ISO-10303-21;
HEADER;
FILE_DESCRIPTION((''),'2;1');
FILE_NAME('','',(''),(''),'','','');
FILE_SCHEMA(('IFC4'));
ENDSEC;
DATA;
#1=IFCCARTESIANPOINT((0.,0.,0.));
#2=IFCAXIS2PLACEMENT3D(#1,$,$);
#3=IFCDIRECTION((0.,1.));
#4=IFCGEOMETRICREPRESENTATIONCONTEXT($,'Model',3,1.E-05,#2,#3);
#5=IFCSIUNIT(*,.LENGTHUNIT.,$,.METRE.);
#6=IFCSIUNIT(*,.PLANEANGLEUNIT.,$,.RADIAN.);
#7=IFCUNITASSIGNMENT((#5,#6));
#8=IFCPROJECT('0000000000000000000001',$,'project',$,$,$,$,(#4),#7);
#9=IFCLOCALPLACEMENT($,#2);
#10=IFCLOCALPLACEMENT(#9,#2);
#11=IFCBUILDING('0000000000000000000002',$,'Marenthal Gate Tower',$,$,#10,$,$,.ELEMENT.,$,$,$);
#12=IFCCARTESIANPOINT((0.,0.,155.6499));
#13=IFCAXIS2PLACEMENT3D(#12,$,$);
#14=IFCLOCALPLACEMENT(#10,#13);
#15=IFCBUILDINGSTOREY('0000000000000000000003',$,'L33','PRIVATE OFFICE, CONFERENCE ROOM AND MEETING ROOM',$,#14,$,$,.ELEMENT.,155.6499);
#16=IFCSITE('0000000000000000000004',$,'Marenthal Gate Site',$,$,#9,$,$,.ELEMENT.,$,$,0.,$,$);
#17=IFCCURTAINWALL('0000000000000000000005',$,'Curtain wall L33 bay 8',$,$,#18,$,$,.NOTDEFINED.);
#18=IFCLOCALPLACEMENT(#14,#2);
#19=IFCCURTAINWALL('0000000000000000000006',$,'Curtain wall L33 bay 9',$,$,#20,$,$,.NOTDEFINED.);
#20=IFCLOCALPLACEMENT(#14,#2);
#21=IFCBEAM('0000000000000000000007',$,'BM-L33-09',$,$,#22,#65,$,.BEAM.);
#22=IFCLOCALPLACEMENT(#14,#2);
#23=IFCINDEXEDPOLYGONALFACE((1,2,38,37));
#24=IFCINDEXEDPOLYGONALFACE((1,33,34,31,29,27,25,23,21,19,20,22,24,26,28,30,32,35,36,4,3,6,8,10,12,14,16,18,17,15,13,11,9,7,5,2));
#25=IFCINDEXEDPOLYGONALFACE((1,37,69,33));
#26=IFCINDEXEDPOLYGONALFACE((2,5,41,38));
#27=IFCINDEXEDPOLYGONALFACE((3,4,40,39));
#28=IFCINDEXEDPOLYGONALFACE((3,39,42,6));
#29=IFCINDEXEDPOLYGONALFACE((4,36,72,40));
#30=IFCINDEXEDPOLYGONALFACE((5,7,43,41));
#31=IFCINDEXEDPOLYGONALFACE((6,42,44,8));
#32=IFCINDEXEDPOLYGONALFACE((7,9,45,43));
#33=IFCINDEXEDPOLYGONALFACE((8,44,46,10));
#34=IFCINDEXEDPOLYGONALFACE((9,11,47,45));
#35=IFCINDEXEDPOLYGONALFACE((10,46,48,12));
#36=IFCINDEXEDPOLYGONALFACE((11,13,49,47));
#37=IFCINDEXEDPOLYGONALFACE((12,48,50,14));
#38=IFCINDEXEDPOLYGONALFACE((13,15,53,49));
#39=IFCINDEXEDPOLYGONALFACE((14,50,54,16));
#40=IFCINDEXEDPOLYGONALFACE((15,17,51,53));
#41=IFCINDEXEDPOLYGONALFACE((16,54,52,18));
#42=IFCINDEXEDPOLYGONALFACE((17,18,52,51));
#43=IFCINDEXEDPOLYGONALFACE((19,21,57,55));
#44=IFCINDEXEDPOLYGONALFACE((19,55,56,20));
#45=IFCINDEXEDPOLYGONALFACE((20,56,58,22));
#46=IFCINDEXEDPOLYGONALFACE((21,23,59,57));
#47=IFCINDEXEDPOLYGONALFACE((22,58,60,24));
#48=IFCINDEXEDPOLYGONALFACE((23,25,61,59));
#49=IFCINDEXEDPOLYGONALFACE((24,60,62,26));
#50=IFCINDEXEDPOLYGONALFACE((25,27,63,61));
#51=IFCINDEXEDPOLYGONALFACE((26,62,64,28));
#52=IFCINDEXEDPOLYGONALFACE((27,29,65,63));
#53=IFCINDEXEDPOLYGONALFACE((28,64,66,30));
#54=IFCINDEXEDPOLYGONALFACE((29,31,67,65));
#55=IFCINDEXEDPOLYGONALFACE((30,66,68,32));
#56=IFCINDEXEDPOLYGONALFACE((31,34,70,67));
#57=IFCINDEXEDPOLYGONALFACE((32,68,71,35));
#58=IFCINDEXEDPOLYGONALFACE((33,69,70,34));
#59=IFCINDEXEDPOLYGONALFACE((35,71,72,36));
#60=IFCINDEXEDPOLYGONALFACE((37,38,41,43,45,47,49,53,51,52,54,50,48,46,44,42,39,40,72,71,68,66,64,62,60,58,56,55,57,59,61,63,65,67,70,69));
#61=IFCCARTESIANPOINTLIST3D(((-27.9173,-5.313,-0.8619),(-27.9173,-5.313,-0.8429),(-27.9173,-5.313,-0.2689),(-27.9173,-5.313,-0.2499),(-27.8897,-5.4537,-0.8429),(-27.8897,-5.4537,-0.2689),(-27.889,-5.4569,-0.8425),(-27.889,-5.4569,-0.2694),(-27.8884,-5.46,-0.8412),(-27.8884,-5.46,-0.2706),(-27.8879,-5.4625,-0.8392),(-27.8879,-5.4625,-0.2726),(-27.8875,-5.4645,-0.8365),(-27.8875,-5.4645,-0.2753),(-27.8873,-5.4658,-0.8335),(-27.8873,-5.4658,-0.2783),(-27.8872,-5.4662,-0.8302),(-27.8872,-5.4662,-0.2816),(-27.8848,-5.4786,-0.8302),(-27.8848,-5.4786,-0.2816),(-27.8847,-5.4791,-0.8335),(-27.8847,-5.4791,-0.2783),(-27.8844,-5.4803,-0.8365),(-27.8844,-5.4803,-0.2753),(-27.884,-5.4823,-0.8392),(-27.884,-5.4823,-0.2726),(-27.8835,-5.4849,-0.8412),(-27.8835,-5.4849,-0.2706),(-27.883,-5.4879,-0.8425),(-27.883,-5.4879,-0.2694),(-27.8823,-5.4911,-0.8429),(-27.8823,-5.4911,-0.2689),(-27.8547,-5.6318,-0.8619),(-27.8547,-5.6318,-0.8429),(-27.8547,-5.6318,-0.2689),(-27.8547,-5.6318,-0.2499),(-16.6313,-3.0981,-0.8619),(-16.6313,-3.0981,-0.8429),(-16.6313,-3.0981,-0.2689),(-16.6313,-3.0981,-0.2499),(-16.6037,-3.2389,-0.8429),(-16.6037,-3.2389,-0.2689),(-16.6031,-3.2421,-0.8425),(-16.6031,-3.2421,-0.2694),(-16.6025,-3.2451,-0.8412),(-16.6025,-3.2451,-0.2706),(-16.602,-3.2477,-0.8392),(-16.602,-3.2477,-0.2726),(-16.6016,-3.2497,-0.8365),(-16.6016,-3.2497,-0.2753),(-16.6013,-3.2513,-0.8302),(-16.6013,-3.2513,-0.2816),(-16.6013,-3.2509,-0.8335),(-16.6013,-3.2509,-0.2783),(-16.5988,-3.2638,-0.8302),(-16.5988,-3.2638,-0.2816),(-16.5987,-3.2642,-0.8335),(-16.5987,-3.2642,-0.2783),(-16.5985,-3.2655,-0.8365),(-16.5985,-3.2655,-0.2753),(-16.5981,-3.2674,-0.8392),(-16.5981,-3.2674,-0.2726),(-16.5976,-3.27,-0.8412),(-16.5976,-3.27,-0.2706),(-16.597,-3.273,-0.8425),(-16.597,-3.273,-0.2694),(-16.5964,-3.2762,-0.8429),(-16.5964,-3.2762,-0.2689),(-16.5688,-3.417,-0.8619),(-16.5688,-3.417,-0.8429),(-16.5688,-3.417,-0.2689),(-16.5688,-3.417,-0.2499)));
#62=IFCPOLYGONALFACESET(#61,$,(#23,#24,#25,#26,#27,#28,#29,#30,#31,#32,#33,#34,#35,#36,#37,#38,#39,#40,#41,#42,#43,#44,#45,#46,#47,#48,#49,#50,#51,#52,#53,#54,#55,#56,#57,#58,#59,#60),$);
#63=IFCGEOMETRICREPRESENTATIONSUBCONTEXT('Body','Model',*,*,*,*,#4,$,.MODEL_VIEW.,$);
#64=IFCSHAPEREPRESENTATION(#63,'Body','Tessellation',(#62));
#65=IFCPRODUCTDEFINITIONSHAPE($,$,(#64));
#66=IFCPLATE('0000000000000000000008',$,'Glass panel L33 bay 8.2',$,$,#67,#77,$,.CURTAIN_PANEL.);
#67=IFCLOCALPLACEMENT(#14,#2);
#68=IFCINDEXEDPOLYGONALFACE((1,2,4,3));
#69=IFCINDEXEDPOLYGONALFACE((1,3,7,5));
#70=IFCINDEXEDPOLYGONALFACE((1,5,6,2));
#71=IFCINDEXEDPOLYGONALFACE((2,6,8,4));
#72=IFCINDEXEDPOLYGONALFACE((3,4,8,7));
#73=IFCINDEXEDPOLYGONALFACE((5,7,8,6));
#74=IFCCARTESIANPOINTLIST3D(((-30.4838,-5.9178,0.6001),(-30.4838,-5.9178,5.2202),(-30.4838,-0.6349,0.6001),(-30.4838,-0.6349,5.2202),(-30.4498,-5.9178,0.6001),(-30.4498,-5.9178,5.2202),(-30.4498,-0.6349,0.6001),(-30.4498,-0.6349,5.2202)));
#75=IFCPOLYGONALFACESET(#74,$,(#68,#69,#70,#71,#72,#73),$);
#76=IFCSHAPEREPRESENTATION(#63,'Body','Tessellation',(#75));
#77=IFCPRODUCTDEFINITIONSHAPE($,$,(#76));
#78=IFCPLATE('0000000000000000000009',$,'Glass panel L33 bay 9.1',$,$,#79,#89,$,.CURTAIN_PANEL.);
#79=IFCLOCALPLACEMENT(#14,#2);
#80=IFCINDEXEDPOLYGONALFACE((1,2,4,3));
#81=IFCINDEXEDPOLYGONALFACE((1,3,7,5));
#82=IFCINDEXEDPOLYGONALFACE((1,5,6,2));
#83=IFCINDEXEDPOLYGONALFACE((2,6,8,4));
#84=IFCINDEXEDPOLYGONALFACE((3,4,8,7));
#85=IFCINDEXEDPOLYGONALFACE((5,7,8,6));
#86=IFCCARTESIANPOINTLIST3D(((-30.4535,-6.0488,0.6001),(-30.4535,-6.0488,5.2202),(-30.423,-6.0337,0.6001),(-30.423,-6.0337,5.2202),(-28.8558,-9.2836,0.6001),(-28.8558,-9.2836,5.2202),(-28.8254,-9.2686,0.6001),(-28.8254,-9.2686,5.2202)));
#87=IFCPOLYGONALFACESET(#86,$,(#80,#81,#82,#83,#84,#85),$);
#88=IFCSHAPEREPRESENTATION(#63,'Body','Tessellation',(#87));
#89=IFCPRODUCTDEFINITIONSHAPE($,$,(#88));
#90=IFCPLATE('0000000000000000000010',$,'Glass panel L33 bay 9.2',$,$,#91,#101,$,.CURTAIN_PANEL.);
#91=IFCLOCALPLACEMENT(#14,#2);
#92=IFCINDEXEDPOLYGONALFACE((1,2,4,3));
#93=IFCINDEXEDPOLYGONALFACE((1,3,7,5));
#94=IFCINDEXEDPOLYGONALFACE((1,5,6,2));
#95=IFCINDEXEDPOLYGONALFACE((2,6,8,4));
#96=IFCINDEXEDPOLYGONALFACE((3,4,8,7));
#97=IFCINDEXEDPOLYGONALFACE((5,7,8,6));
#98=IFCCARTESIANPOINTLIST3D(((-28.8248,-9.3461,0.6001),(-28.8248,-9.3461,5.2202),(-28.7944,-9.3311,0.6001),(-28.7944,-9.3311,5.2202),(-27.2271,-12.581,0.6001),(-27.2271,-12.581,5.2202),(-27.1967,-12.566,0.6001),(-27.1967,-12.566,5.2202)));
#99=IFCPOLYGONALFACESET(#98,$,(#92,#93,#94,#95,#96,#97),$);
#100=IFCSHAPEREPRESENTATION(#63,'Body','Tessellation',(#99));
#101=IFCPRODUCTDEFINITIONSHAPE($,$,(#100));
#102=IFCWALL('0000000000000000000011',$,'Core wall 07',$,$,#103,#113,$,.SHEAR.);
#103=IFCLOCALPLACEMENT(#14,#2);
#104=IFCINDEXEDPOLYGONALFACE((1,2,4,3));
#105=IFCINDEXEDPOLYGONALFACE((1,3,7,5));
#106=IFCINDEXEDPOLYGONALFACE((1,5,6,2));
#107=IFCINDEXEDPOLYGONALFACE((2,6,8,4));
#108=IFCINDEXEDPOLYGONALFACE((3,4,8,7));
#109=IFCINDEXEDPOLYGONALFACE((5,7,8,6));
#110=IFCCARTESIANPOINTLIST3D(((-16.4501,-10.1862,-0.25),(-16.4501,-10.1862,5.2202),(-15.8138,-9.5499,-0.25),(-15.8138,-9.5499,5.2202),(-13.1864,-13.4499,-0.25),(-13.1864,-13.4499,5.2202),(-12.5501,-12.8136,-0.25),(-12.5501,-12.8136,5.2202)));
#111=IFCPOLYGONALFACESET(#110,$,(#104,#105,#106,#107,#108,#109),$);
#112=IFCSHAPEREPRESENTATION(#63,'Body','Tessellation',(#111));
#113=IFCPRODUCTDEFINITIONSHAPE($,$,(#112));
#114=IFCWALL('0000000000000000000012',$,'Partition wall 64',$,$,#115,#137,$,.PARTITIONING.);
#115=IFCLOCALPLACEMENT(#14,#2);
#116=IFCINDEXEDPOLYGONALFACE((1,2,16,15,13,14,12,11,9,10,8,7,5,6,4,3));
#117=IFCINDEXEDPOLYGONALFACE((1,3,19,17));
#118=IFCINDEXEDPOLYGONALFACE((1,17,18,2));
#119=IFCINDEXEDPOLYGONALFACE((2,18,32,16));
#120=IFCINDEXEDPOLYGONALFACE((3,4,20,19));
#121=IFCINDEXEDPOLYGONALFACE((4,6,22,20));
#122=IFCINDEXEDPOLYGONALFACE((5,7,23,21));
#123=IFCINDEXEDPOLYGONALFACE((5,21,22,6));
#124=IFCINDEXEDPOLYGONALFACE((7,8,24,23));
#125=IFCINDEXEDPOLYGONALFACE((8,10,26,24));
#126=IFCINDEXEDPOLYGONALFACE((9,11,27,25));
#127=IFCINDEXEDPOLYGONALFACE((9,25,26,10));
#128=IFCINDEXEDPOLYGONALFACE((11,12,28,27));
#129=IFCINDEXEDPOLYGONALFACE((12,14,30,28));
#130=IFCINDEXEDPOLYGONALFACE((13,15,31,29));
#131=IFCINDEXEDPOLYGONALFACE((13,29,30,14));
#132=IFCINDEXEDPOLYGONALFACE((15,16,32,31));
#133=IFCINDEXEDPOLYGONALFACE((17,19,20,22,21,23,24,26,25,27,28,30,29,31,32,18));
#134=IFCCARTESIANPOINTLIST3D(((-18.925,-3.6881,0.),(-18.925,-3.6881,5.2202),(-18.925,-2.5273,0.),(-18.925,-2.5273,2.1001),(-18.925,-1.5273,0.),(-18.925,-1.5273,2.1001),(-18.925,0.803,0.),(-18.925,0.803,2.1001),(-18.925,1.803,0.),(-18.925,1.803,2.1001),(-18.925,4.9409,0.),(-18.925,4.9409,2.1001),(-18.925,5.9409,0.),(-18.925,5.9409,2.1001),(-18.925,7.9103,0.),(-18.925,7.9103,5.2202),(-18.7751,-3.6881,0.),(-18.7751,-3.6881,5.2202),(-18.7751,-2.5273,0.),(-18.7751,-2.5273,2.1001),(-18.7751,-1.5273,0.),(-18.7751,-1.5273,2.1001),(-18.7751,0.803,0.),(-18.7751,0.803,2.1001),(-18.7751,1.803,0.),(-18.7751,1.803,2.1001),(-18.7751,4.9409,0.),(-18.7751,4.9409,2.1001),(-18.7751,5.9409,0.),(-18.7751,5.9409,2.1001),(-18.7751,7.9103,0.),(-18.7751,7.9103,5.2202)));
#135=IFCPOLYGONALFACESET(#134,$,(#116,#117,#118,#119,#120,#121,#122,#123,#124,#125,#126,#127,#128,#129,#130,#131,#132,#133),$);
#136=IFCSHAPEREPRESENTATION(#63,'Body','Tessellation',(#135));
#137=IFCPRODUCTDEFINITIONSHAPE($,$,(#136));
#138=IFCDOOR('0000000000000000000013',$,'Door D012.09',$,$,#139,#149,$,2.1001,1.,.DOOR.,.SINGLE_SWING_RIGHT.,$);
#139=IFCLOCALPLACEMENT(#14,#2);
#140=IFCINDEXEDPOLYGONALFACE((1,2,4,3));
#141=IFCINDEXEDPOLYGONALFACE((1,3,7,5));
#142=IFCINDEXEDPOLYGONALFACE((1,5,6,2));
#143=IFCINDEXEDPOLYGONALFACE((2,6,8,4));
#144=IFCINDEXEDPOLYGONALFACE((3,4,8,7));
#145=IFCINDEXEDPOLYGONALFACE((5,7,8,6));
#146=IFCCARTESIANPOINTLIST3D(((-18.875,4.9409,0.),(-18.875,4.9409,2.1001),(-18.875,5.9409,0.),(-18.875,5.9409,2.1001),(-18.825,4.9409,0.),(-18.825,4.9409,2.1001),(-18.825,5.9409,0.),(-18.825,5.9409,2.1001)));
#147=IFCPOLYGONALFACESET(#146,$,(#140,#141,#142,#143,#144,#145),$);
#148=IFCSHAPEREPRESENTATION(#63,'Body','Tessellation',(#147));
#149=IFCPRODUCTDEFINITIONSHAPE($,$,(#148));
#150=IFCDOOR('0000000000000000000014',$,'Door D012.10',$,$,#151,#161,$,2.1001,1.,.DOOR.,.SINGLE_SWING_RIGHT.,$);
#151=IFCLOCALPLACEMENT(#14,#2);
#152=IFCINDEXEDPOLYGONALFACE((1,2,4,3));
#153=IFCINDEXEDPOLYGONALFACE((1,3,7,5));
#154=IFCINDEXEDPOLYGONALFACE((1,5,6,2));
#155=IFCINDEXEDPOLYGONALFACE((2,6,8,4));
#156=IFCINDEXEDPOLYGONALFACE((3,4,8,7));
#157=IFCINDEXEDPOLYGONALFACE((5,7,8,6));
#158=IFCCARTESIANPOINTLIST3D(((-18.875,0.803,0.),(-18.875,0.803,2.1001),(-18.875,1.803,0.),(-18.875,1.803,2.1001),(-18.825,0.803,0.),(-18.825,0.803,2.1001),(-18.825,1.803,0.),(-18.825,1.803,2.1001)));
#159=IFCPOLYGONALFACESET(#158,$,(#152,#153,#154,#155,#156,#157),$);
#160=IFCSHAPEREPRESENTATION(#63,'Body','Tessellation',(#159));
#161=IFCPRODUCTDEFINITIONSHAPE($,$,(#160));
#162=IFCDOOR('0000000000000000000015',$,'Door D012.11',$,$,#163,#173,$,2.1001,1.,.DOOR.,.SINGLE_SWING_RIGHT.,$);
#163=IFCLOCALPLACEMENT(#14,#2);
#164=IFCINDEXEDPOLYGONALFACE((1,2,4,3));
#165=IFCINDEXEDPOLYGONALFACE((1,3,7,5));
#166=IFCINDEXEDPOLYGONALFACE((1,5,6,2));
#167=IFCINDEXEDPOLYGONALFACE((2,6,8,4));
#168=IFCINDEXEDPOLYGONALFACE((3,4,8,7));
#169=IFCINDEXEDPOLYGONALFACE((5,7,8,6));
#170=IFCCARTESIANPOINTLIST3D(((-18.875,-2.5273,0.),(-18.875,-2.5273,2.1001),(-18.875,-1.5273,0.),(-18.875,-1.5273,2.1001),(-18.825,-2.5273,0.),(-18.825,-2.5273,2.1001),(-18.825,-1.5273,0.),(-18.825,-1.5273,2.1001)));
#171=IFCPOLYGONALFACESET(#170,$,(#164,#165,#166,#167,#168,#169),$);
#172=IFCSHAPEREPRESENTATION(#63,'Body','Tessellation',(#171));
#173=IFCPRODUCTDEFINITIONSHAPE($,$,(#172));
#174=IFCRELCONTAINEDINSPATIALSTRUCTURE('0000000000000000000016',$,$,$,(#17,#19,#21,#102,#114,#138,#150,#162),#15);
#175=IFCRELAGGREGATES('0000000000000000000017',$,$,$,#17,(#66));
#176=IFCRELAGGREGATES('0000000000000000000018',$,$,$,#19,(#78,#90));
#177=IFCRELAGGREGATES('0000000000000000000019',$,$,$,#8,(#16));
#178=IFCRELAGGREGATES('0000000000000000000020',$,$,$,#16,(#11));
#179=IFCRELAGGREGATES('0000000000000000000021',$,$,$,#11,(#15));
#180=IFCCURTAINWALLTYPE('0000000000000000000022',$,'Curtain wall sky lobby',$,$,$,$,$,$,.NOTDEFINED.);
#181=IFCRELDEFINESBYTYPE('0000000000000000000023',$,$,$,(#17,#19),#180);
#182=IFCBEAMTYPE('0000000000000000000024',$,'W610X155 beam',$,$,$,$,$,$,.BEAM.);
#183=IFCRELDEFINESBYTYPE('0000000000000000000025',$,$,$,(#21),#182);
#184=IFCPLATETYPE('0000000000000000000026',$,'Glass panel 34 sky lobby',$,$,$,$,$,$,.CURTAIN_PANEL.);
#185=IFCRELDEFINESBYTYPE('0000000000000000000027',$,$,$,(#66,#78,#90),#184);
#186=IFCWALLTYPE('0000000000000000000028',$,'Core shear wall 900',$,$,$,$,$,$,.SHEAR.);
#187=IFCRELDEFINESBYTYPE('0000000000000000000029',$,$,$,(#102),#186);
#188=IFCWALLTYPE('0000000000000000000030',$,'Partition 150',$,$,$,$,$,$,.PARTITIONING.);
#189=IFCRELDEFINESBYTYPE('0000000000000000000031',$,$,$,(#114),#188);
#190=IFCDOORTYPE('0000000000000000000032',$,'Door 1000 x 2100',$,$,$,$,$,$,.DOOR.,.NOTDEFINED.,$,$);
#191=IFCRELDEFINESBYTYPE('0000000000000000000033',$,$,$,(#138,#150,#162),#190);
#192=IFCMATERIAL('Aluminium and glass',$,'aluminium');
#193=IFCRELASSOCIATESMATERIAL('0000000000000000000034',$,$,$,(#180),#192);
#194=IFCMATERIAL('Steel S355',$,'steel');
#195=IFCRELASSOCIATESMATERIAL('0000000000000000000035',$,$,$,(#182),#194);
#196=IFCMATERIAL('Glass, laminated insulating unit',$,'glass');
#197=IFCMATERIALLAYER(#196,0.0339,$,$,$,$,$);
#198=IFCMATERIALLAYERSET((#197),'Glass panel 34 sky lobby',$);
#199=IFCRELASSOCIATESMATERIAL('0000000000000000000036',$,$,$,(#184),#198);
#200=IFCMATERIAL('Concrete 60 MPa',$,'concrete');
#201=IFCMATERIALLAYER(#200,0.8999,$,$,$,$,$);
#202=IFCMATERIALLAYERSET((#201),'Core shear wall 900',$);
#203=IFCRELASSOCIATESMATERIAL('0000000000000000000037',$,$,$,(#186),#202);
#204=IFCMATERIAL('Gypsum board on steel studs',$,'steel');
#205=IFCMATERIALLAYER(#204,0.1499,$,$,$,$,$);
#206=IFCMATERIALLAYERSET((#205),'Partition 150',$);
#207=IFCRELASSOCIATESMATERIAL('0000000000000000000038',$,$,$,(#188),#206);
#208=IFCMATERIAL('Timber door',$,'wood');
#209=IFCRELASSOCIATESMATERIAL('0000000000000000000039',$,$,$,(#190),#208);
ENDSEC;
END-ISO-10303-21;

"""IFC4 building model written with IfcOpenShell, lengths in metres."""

from ifc_helpers import new_model, si_unit, direction, frame, frame_2d, origin, origin_2d, place, context, subcontext, project, spatial, rectangle, i_section, extrude, material, layer, layer_set, material_profile, profile_set, type_object, element, fill, aggregate, save


model = new_model("IFC4")

# Units and contexts
model_context = context("Model", 3, precision=1e-05, world=origin(), true_north=direction((0.0, 1.0)))
body_context = subcontext(model_context, "Body", "Model", "MODEL_VIEW")
ifc_project = project(units=[si_unit("LENGTHUNIT", "METRE"), si_unit("PLANEANGLEUNIT", "RADIAN")], contexts=[model_context])

# Site, building, storey
site_placement = place(None, origin())
site = spatial("IfcSite", under=ifc_project, at=site_placement, Name="Marenthal Gate Site", CompositionType="ELEMENT", RefElevation=0.0)
building_placement = place(site_placement, origin())
building = spatial("IfcBuilding", under=site, at=building_placement, Name="Marenthal Gate Tower", CompositionType="ELEMENT")
storey_placement = place(building_placement, frame((0.0, 0.0, 155.6499)))
storey = spatial("IfcBuildingStorey", under=building, at=storey_placement, Name="L33", Description="PRIVATE OFFICE, CONFERENCE ROOM AND MEETING ROOM", CompositionType="ELEMENT", Elevation=155.6499)

# Curtain wall
ifc_material_1 = material(Name="Aluminium and glass", Category="aluminium")
curtain_wall_type = type_object("IfcCurtainWallType", Name="Curtain wall sky lobby", PredefinedType="NOTDEFINED", material=ifc_material_1)
curtain_wall_1_placement = place(storey_placement, origin())
curtain_wall_1 = element("IfcCurtainWall", 1, at=curtain_wall_1_placement, inside=storey, type_object=curtain_wall_type, Name="Curtain wall L33 bay 8", PredefinedType="NOTDEFINED")

# Curtain wall
curtain_wall_2_placement = place(storey_placement, origin())
curtain_wall_2 = element("IfcCurtainWall", 2, at=curtain_wall_2_placement, inside=storey, type_object=curtain_wall_type, Name="Curtain wall L33 bay 9", PredefinedType="NOTDEFINED")

# Beam
ifc_material_2 = material(Name="Steel S355", Category="steel")
ifc_material_profile_1 = material_profile(ifc_material_2, i_section(OverallWidth=0.325, OverallDepth=0.6121, WebThickness=0.0127, FlangeThickness=0.019, FilletRadius=0.0127, at=origin_2d()), Name="W610X155")
ifc_profile_set_1 = profile_set([ifc_material_profile_1], Name="Steel S355")
beam_type_1 = type_object("IfcBeamType", Name="W610X155 beam", PredefinedType="BEAM", material=ifc_profile_set_1)
beam_1_placement = place(storey_placement, frame((-27.886, -5.4724, -0.5559), z_axis=(0.981282, 0.192576, 0.0), x_axis=(-0.192576, 0.981282, 0.0)))
element("IfcBeam", 3, at=beam_1_placement, inside=storey, type_object=beam_type_1, Name="BM-L33-09", PredefinedType="BEAM", context=body_context, shape_type="SweptSolid", body=[
    extrude(i_section(OverallWidth=0.325, OverallDepth=0.6121, WebThickness=0.0127, FlangeThickness=0.019, FilletRadius=0.0127, at=origin_2d()), origin(), (0.0, 0.0, 1.0), 11.5012),
])

# Plates
ifc_material_3 = material(Name="Glass, laminated insulating unit", Category="glass")
ifc_layer_1 = layer(ifc_material_3, 0.0339)
ifc_layer_set_1 = layer_set([ifc_layer_1], Name="Glass panel 34 sky lobby")
plate_type = type_object("IfcPlateType", Name="Glass panel 34 sky lobby", PredefinedType="CURTAIN_PANEL", material=ifc_layer_set_1)
plate_1_placement = place(storey_placement, frame((-30.4668, -3.2764, 0.6001), z_axis=(0.0, 0.0, 1.0), x_axis=(0.0, -1.0, 0.0)))
plate_1 = element("IfcPlate", 4, at=plate_1_placement, type_object=plate_type, Name="Glass panel L33 bay 8.2", PredefinedType="CURTAIN_PANEL", context=body_context, shape_type="SweptSolid", body=[
    extrude(rectangle(XDim=5.283, YDim=0.0339, at=origin_2d()), origin(), (0.0, 0.0, 1.0), 4.6201),
])
aggregate(curtain_wall_1, [plate_1])
plate_2_placement = place(storey_placement, frame((-29.6394, -7.6587, 0.6001), z_axis=(0.0, 0.0, 1.0), x_axis=(0.442824, -0.896609, 0.0)))
plate_2 = element("IfcPlate", 5, at=plate_2_placement, type_object=plate_type, Name="Glass panel L33 bay 9.1", PredefinedType="CURTAIN_PANEL", context=body_context, shape_type="SweptSolid", body=[
    extrude(rectangle(XDim=3.6079, YDim=0.0339, at=origin_2d()), origin(), (0.0, 0.0, 1.0), 4.6201),
])
plate_3_placement = place(storey_placement, frame((-28.0107, -10.9561, 0.6001), z_axis=(0.0, 0.0, 1.0), x_axis=(0.442824, -0.896609, 0.0)))
plate_3 = element("IfcPlate", 6, at=plate_3_placement, type_object=plate_type, Name="Glass panel L33 bay 9.2", PredefinedType="CURTAIN_PANEL", context=body_context, shape_type="SweptSolid", body=[
    extrude(rectangle(XDim=3.6079, YDim=0.0339, at=origin_2d()), origin(), (0.0, 0.0, 1.0), 4.6201),
])
aggregate(curtain_wall_2, [plate_2, plate_3])

# Wall
ifc_material_4 = material(Name="Concrete 60 MPa", Category="concrete")
ifc_layer_2 = layer(ifc_material_4, 0.8999)
ifc_layer_set_2 = layer_set([ifc_layer_2], Name="Core shear wall 900")
wall_type_1 = type_object("IfcWallType", Name="Core shear wall 900", PredefinedType="SHEAR", material=ifc_layer_set_2)
wall_1_placement = place(storey_placement, frame((-16.1318, -9.8682, -0.25), z_axis=(0.0, 0.0, 1.0), x_axis=(0.707107, -0.707107, 0.0)))
element("IfcWall", 7, at=wall_1_placement, inside=storey, type_object=wall_type_1, Name="Core wall 07", PredefinedType="SHEAR", context=body_context, shape_type="SweptSolid", body=[
    extrude(rectangle(XDim=4.6155, YDim=0.8999, at=frame_2d((2.3076, 0.0))), origin(), (0.0, 0.0, 1.0), 5.4702),
])

# Wall, openings, doors
ifc_material_5 = material(Name="Gypsum board on steel studs", Category="steel")
ifc_layer_3 = layer(ifc_material_5, 0.1499)
ifc_layer_set_3 = layer_set([ifc_layer_3], Name="Partition 150")
wall_type_2 = type_object("IfcWallType", Name="Partition 150", PredefinedType="PARTITIONING", material=ifc_layer_set_3)
wall_2_placement = place(storey_placement, frame((-18.8501, -3.6882, 0.0), z_axis=(0.0, 0.0, 1.0), x_axis=(0.0, 1.0, 0.0)))
wall_2 = element("IfcWall", 8, at=wall_2_placement, inside=storey, type_object=wall_type_2, Name="Partition wall 64", PredefinedType="PARTITIONING", context=body_context, shape_type="SweptSolid", body=[
    extrude(rectangle(XDim=11.5984, YDim=0.1499, at=frame_2d((5.7993, 0.0))), origin(), (0.0, 0.0, 1.0), 5.2202),
])
opening_1_placement = place(wall_2_placement, frame((8.6292, 0.0, 0.0)))
opening_1 = element("IfcOpeningElement", 9, at=opening_1_placement, cuts=wall_2, PredefinedType="OPENING", context=body_context, shape_type="SweptSolid", body=[
    extrude(rectangle(XDim=1.0, YDim=2.1001, at=frame_2d((0.5, 1.05))), frame((0.0, 0.085, 0.0), z_axis=(0.0, -1.0, 0.0), x_axis=(1.0, 0.0, 0.0)), (0.0, 0.0, 1.0), 0.1699),
])
opening_2_placement = place(wall_2_placement, frame((4.4912, 0.0, 0.0)))
opening_2 = element("IfcOpeningElement", 10, at=opening_2_placement, cuts=wall_2, PredefinedType="OPENING", context=body_context, shape_type="SweptSolid", body=[
    extrude(rectangle(XDim=1.0, YDim=2.1001, at=frame_2d((0.5, 1.05))), frame((0.0, 0.085, 0.0), z_axis=(0.0, -1.0, 0.0), x_axis=(1.0, 0.0, 0.0)), (0.0, 0.0, 1.0), 0.1699),
])
opening_3_placement = place(wall_2_placement, frame((1.1609, 0.0, 0.0)))
opening_3 = element("IfcOpeningElement", 11, at=opening_3_placement, cuts=wall_2, PredefinedType="OPENING", context=body_context, shape_type="SweptSolid", body=[
    extrude(rectangle(XDim=1.0, YDim=2.1001, at=frame_2d((0.5, 1.05))), frame((0.0, 0.085, 0.0), z_axis=(0.0, -1.0, 0.0), x_axis=(1.0, 0.0, 0.0)), (0.0, 0.0, 1.0), 0.1699),
])
ifc_material_6 = material(Name="Timber door", Category="wood")
door_type_1 = type_object("IfcDoorType", Name="Door 1000 x 2100", OperationType="NOTDEFINED", PredefinedType="DOOR", material=ifc_material_6)
door_1_placement = place(opening_1_placement, origin())
door_1 = element("IfcDoor", 12, at=door_1_placement, inside=storey, type_object=door_type_1, Name="Door D012.09", OperationType="SINGLE_SWING_RIGHT", OverallHeight=2.1001, OverallWidth=1.0, PredefinedType="DOOR", context=body_context, shape_type="SweptSolid", body=[
    extrude(rectangle(XDim=1.0, YDim=2.1001, at=frame_2d((0.5, 1.05))), frame((0.0, 0.0249, 0.0), z_axis=(0.0, -1.0, 0.0), x_axis=(1.0, 0.0, 0.0)), (0.0, 0.0, 1.0), 0.05),
])
fill(opening_1, door_1)
door_2_placement = place(opening_2_placement, origin())
door_2 = element("IfcDoor", 13, at=door_2_placement, inside=storey, type_object=door_type_1, Name="Door D012.10", OperationType="SINGLE_SWING_RIGHT", OverallHeight=2.1001, OverallWidth=1.0, PredefinedType="DOOR", context=body_context, shape_type="SweptSolid", body=[
    extrude(rectangle(XDim=1.0, YDim=2.1001, at=frame_2d((0.5, 1.05))), frame((0.0, 0.0249, 0.0), z_axis=(0.0, -1.0, 0.0), x_axis=(1.0, 0.0, 0.0)), (0.0, 0.0, 1.0), 0.05),
])
fill(opening_2, door_2)
door_3_placement = place(opening_3_placement, origin())
door_3 = element("IfcDoor", 14, at=door_3_placement, inside=storey, type_object=door_type_1, Name="Door D012.11", OperationType="SINGLE_SWING_RIGHT", OverallHeight=2.1001, OverallWidth=1.0, PredefinedType="DOOR", context=body_context, shape_type="SweptSolid", body=[
    extrude(rectangle(XDim=1.0, YDim=2.1001, at=frame_2d((0.5, 1.05))), frame((0.0, 0.0249, 0.0), z_axis=(0.0, -1.0, 0.0), x_axis=(1.0, 0.0, 0.0)), (0.0, 0.0, 1.0), 0.05),
])
fill(opening_3, door_3)

save(model, "model.ifc")
